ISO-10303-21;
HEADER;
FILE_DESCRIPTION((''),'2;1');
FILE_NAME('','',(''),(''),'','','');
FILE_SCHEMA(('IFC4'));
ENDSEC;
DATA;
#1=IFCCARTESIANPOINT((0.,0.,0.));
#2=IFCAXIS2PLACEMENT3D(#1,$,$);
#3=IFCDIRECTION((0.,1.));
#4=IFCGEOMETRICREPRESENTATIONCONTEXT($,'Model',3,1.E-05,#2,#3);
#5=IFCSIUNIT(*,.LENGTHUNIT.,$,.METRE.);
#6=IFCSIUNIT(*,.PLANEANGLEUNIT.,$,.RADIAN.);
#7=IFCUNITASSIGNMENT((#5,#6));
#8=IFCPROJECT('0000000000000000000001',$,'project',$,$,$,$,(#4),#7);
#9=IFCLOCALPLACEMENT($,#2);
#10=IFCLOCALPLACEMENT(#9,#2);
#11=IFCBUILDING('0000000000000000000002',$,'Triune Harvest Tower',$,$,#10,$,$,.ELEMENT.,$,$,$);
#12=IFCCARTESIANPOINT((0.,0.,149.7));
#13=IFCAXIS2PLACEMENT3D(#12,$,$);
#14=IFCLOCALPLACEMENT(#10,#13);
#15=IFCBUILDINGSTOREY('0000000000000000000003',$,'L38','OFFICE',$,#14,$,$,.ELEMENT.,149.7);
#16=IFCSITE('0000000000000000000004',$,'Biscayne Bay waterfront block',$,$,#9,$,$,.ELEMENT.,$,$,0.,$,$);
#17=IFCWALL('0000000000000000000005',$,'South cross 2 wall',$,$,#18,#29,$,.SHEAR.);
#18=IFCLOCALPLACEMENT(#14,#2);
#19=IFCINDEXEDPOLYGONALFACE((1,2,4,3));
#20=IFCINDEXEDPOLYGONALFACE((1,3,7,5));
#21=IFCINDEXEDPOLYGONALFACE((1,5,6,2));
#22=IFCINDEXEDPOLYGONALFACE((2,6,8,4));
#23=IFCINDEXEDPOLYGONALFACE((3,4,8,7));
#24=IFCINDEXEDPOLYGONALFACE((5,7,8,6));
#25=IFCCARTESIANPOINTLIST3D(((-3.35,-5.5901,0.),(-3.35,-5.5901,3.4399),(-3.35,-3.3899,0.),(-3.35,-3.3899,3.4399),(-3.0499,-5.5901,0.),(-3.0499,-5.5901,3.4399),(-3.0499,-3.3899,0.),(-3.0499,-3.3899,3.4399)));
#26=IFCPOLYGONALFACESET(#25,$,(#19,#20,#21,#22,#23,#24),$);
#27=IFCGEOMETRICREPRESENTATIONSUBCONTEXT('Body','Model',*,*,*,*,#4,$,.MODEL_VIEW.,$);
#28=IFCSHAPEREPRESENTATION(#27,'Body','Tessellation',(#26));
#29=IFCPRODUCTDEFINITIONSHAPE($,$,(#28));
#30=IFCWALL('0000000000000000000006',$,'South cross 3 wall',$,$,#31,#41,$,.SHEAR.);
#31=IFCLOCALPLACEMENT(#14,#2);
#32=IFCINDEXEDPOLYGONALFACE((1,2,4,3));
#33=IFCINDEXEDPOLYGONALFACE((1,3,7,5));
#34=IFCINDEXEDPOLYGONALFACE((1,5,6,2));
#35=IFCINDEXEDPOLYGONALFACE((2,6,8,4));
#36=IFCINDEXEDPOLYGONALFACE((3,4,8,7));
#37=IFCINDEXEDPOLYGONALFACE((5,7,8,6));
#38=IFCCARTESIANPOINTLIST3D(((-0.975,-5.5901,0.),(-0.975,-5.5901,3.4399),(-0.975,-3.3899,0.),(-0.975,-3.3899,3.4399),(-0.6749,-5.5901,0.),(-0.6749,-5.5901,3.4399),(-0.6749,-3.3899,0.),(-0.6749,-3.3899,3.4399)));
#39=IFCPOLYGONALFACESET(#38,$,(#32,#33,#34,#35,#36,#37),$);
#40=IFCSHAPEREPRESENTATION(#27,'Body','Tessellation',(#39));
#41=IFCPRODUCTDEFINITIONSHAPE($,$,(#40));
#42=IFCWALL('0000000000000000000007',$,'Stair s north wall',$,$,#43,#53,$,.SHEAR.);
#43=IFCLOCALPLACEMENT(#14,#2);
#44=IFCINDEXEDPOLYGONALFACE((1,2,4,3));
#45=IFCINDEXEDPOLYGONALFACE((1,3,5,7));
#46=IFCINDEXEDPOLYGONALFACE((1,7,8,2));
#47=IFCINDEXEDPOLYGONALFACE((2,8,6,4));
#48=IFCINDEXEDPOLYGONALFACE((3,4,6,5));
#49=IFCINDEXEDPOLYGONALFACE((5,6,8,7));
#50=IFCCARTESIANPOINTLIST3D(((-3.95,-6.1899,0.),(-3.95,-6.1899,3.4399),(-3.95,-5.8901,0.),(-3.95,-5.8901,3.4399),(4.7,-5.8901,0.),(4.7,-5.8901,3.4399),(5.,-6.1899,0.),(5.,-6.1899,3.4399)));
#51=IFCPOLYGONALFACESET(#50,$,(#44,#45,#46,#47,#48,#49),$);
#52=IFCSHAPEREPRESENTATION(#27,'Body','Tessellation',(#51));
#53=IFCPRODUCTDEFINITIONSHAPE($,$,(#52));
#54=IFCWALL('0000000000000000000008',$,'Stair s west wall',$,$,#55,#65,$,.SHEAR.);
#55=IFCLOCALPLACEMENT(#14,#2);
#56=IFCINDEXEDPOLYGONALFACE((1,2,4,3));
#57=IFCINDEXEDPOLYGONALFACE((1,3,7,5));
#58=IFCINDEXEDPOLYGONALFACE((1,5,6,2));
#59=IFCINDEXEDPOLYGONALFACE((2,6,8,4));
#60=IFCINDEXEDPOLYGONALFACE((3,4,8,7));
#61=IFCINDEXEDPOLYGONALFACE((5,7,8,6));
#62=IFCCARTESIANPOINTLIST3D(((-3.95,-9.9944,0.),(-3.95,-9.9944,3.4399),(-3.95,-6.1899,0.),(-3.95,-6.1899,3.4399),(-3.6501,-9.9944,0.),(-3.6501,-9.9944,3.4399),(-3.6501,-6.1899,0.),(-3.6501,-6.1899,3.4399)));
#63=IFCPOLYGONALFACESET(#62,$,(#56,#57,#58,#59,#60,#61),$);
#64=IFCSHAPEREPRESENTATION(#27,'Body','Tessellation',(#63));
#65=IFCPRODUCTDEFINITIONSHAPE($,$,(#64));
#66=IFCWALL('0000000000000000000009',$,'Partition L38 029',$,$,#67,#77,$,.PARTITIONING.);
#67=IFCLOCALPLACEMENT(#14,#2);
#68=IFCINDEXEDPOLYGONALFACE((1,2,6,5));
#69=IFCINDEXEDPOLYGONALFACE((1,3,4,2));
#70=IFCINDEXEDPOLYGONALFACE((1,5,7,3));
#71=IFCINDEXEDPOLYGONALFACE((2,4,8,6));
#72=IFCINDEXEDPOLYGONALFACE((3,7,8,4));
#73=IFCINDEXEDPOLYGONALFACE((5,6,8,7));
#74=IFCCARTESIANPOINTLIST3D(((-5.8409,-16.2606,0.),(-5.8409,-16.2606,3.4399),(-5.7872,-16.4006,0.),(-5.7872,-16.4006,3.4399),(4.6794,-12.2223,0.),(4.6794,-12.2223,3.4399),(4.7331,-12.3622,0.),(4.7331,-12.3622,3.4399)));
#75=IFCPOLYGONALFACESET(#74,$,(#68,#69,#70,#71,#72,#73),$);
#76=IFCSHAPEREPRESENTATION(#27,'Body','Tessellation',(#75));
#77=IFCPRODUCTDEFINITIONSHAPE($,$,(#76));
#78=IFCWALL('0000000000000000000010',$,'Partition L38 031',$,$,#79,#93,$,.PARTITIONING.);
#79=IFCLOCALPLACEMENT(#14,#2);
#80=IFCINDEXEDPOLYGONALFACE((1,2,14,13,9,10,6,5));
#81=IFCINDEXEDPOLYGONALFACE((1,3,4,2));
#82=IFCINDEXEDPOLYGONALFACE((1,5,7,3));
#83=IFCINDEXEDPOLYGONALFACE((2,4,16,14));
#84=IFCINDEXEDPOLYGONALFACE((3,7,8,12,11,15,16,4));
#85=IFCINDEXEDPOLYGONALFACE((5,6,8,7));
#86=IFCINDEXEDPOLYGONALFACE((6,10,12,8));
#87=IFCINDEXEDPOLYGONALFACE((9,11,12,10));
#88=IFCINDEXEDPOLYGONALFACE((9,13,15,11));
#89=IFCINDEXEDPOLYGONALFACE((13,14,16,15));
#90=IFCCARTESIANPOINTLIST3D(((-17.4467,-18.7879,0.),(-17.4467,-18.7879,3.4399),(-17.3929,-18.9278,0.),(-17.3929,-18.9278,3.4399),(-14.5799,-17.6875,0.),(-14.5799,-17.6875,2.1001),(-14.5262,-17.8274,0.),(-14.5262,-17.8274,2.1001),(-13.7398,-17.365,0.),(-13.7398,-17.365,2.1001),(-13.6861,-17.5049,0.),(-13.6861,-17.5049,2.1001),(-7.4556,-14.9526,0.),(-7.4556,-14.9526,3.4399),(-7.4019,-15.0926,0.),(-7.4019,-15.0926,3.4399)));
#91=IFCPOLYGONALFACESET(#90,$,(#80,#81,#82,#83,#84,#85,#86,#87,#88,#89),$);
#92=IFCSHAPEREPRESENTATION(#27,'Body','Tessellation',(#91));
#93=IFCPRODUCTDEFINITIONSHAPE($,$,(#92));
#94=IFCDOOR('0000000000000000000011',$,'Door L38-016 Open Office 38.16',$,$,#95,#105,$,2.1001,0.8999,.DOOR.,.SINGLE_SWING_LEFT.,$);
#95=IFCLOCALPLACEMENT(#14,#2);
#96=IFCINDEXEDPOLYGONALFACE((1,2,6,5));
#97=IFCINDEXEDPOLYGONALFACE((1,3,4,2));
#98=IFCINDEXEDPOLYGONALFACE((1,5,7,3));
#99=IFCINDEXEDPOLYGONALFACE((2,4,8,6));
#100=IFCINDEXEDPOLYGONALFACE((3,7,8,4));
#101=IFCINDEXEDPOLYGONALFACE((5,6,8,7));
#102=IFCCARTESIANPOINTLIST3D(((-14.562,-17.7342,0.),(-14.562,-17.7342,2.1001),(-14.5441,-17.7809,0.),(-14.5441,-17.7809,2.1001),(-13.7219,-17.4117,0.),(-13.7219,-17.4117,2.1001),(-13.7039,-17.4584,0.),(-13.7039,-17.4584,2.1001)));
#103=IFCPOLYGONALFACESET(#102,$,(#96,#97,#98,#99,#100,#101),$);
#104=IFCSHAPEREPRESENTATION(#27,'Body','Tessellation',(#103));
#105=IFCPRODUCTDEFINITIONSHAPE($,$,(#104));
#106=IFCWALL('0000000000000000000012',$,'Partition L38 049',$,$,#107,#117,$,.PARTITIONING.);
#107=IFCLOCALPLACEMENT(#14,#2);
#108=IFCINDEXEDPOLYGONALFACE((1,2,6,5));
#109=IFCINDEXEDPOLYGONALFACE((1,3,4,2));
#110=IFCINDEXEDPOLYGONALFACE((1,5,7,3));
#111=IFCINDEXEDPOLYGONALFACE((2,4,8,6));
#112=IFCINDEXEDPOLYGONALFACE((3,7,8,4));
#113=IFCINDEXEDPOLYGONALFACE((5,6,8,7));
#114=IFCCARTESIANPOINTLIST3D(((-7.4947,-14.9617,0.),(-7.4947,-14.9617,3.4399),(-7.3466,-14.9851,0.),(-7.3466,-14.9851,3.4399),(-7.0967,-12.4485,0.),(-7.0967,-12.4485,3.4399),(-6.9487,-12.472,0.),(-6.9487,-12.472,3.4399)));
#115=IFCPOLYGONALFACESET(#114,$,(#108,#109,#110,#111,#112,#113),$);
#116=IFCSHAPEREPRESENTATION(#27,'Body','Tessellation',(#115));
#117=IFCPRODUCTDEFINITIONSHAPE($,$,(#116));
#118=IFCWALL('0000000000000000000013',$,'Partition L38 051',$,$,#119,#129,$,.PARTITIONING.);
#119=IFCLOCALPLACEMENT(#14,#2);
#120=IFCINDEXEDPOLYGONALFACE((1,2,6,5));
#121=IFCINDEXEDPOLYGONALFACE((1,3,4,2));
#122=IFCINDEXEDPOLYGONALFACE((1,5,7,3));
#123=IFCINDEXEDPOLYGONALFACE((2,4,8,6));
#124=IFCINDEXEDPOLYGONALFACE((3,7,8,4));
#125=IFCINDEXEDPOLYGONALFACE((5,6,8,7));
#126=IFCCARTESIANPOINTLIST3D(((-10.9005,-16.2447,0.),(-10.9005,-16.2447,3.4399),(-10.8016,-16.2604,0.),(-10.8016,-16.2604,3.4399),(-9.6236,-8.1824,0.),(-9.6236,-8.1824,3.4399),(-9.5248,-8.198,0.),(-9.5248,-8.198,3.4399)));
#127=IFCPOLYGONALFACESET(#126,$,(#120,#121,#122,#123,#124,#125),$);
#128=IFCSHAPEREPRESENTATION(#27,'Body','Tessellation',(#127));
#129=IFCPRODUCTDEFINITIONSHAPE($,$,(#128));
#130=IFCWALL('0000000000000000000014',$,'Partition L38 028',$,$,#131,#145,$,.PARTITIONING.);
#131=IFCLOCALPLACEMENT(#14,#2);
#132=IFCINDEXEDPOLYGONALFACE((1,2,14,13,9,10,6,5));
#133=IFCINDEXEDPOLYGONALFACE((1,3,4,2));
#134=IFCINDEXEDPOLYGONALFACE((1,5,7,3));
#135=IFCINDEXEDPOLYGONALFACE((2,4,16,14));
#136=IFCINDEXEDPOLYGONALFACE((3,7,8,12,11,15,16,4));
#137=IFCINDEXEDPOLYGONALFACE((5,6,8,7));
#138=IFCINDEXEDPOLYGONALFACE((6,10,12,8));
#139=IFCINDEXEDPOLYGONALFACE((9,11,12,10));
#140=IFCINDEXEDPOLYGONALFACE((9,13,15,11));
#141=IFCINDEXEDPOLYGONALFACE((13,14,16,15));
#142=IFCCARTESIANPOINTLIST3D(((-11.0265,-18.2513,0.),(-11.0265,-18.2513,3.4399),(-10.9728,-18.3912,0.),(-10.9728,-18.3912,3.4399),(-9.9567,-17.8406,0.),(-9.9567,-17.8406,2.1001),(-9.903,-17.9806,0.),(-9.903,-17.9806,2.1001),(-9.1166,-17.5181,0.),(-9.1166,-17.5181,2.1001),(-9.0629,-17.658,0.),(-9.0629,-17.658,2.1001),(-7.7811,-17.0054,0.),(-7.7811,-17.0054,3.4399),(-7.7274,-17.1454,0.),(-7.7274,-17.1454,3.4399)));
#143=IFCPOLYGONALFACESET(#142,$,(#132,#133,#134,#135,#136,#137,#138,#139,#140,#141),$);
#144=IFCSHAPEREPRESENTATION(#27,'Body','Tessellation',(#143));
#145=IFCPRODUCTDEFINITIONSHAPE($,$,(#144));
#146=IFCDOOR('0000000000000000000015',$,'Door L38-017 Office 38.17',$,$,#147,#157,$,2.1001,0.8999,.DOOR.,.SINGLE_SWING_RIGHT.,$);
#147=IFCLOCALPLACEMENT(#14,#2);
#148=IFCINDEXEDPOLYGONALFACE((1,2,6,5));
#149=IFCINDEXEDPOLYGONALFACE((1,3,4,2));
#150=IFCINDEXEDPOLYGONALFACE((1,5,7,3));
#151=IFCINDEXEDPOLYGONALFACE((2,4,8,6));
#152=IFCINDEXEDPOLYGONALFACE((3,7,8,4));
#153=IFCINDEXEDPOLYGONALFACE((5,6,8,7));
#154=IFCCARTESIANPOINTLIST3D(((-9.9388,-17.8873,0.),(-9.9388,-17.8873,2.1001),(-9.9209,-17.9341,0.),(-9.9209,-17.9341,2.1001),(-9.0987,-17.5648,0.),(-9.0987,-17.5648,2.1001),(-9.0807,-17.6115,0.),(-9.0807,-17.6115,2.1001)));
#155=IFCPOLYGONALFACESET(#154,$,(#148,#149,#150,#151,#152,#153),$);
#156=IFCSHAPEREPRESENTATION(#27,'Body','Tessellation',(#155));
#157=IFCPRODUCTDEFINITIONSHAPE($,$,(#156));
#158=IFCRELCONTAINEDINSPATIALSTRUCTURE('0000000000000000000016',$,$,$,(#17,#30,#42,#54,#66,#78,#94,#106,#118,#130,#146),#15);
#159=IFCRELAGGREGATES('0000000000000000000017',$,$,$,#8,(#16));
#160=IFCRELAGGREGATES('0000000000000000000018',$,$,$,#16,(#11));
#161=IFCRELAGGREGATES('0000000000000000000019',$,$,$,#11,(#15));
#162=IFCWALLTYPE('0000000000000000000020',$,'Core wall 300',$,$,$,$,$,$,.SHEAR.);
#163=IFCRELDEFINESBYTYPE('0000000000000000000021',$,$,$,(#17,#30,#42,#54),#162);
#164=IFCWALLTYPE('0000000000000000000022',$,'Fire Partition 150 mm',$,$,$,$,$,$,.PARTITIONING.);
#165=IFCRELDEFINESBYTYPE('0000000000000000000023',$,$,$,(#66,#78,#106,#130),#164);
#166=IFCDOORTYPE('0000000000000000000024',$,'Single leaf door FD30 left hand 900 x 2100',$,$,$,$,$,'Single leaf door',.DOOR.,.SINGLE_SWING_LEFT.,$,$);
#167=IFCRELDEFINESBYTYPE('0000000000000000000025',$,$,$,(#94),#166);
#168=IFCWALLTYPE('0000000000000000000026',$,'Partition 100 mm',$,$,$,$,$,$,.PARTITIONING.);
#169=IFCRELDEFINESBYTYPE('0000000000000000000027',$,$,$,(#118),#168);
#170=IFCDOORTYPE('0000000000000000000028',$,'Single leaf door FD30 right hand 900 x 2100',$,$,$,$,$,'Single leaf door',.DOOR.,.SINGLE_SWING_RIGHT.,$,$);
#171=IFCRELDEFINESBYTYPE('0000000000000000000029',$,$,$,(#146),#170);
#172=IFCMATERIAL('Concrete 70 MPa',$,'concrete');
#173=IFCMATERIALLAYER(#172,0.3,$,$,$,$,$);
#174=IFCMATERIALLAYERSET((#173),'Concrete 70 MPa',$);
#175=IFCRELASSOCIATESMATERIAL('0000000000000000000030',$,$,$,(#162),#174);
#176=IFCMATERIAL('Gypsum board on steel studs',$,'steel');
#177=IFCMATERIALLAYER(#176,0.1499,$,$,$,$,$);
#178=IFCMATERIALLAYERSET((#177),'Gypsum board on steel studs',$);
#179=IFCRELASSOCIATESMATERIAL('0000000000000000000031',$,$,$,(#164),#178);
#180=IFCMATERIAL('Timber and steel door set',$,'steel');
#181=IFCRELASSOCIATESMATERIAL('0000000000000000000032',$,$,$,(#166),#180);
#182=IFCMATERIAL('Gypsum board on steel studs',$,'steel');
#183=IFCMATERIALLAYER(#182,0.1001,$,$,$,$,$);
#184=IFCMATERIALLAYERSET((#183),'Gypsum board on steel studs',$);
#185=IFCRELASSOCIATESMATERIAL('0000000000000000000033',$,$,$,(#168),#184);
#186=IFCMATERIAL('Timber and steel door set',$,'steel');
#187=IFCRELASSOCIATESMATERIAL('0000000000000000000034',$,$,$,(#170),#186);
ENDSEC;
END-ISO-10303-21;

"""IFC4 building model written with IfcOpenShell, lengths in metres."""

from ifc_helpers import new_model, si_unit, direction, frame, frame_2d, origin, place, context, subcontext, project, spatial, polyline, rectangle, outline, extrude, source, transform, mapped, material, layer, layer_set, type_object, element, fill, save


model = new_model("IFC4")

# Units and contexts
model_context = context("Model", 3, precision=1e-05, world=origin(), true_north=direction((0.0, 1.0)))
body_context = subcontext(model_context, "Body", "Model", "MODEL_VIEW")
ifc_project = project(units=[si_unit("LENGTHUNIT", "METRE"), si_unit("PLANEANGLEUNIT", "RADIAN")], contexts=[model_context])

# Site, building, storey
site_placement = place(None, origin())
site = spatial("IfcSite", under=ifc_project, at=site_placement, Name="Biscayne Bay waterfront block", CompositionType="ELEMENT", RefElevation=0.0)
building_placement = place(site_placement, origin())
building = spatial("IfcBuilding", under=site, at=building_placement, Name="Triune Harvest Tower", CompositionType="ELEMENT")
storey_placement = place(building_placement, frame((0.0, 0.0, 149.7)))
storey = spatial("IfcBuildingStorey", under=building, at=storey_placement, Name="L38", Description="OFFICE", CompositionType="ELEMENT", Elevation=149.7)

# Shared definitions
ifc_material_1 = material(Name="Concrete 70 MPa", Category="concrete")
ifc_layer_1 = layer(ifc_material_1, 0.3)
ifc_layer_set_1 = layer_set([ifc_layer_1], Name="Concrete 70 MPa")
wall_type_1 = type_object("IfcWallType", Name="Core wall 300", PredefinedType="SHEAR", material=ifc_layer_set_1)

# Walls
shared_shape_1 = source(origin(), body_context, "Body", "SweptSolid", [
    extrude(rectangle(XDim=2.2002, YDim=0.3, at=frame_2d((1.1001, 0.0))), origin(), (0.0, 0.0, 1.0), 3.4399),
])
for number, where, z_axis, x_axis, name in (
    (1, (-3.2, -5.5901, 0.0), (0.0, 0.0, 1.0), (0.0, 1.0, 0.0), "South cross 2 wall"),
    (2, (-0.825, -5.5901, 0.0), (0.0, 0.0, 1.0), (0.0, 1.0, 0.0), "South cross 3 wall"),
):
    element("IfcWall", number, at=place(storey_placement, frame(where, z_axis=z_axis, x_axis=x_axis)), inside=storey, type_object=wall_type_1, Name=name, PredefinedType="SHEAR", context=body_context, shape_type="MappedRepresentation", body=[
        mapped(shared_shape_1, transform((0.0, 0.0, 0.0), scale=1.0)),
    ])
shared_shape_2 = source(origin(), body_context, "Body", "SweptSolid", [
    extrude(outline(polyline([(0.0, -0.1499), (8.95, -0.1499), (8.6499, 0.1499), (0.0, 0.1499), (0.0, -0.1499)])), origin(), (0.0, 0.0, 1.0), 3.4399),
])
wall_1_placement = place(storey_placement, frame((-3.95, -6.04, 0.0), z_axis=(0.0, 0.0, 1.0), x_axis=(1.0, 0.0, 0.0)))
element("IfcWall", 3, at=wall_1_placement, inside=storey, type_object=wall_type_1, Name="Stair s north wall", PredefinedType="SHEAR", context=body_context, shape_type="MappedRepresentation", body=[
    mapped(shared_shape_2, transform((0.0, 0.0, 0.0), scale=1.0)),
])
shared_shape_3 = source(origin(), body_context, "Body", "SweptSolid", [
    extrude(outline(polyline([(3.8, -0.1499), (-0.0044, -0.1499), (-0.0044, 0.1499), (3.8, 0.1499), (3.8, -0.1499)])), origin(), (0.0, 0.0, 1.0), 3.4399),
])
wall_2_placement = place(storey_placement, frame((-3.8, -9.99, 0.0), z_axis=(0.0, 0.0, 1.0), x_axis=(0.0, 1.0, 0.0)))
element("IfcWall", 4, at=wall_2_placement, inside=storey, type_object=wall_type_1, Name="Stair s west wall", PredefinedType="SHEAR", context=body_context, shape_type="MappedRepresentation", body=[
    mapped(shared_shape_3, transform((0.0, 0.0, 0.0), scale=1.0)),
])
ifc_material_2 = material(Name="Gypsum board on steel studs", Category="steel")
ifc_layer_2 = layer(ifc_material_2, 0.1499)
ifc_layer_set_2 = layer_set([ifc_layer_2], Name="Gypsum board on steel studs")
wall_type_2 = type_object("IfcWallType", Name="Fire Partition 150 mm", PredefinedType="PARTITIONING", material=ifc_layer_set_2)
shared_shape_4 = source(origin(), body_context, "Body", "SweptSolid", [
    extrude(rectangle(XDim=11.2688, YDim=0.1499, at=frame_2d((5.6343, 0.0))), origin(), (0.0, 0.0, 1.0), 3.4399),
])
wall_3_placement = place(storey_placement, frame((-5.814, -16.3306, 0.0), z_axis=(0.0, 0.0, 1.0), x_axis=(0.933581, 0.358366, 0.0)))
element("IfcWall", 5, at=wall_3_placement, inside=storey, type_object=wall_type_2, Name="Partition L38 029", PredefinedType="PARTITIONING", context=body_context, shape_type="MappedRepresentation", body=[
    mapped(shared_shape_4, transform((0.0, 0.0, 0.0), scale=1.0)),
])

# Wall, opening, door
shared_shape_5 = source(origin(), body_context, "Body", "SweptSolid", [
    extrude(rectangle(XDim=10.7019, YDim=0.1499, at=frame_2d((5.3511, 0.0))), origin(), (0.0, 0.0, 1.0), 3.4399),
])
wall_4_placement = place(storey_placement, frame((-17.4199, -18.8579, 0.0), z_axis=(0.0, 0.0, 1.0), x_axis=(0.933579, 0.358371, 0.0)))
wall_4 = element("IfcWall", 6, at=wall_4_placement, inside=storey, type_object=wall_type_2, Name="Partition L38 031", PredefinedType="PARTITIONING", context=body_context, shape_type="MappedRepresentation", body=[
    mapped(shared_shape_5, transform((0.0, 0.0, 0.0), scale=1.0)),
])
opening_1_placement = place(wall_4_placement, frame((3.0708, 0.0, 0.0)))
opening_1 = element("IfcOpeningElement", 7, at=opening_1_placement, cuts=wall_4, PredefinedType="OPENING", context=body_context, shape_type="SweptSolid", body=[
    extrude(rectangle(XDim=0.8999, YDim=2.1001, at=frame_2d((0.45, 1.05))), frame((0.0, 0.085, 0.0), z_axis=(0.0, -1.0, 0.0), x_axis=(1.0, 0.0, 0.0)), (0.0, 0.0, 1.0), 0.1699),
])
ifc_material_3 = material(Name="Timber and steel door set", Category="steel")
door_type_1 = type_object("IfcDoorType", Name="Single leaf door FD30 left hand 900 x 2100", ElementType="Single leaf door", OperationType="SINGLE_SWING_LEFT", PredefinedType="DOOR", material=ifc_material_3)
door_1_placement = place(opening_1_placement, origin())
door_1 = element("IfcDoor", 8, at=door_1_placement, inside=storey, type_object=door_type_1, Name="Door L38-016 Open Office 38.16", OperationType="SINGLE_SWING_LEFT", OverallHeight=2.1001, OverallWidth=0.8999, PredefinedType="DOOR", context=body_context, shape_type="SweptSolid", body=[
    extrude(rectangle(XDim=0.8999, YDim=2.1001, at=frame_2d((0.45, 1.05))), frame((0.0, 0.0249, 0.0), z_axis=(0.0, -1.0, 0.0), x_axis=(1.0, 0.0, 0.0)), (0.0, 0.0, 1.0), 0.05),
])
fill(opening_1, door_1)

# Walls
shared_shape_6 = source(origin(), body_context, "Body", "SweptSolid", [
    extrude(rectangle(XDim=2.5444, YDim=0.1499, at=frame_2d((1.2722, 0.0))), origin(), (0.0, 0.0, 1.0), 3.4399),
])
wall_5_placement = place(storey_placement, frame((-7.4207, -14.9734, 0.0), z_axis=(0.0, 0.0, 1.0), x_axis=(0.156396, 0.987694, 0.0)))
element("IfcWall", 9, at=wall_5_placement, inside=storey, type_object=wall_type_2, Name="Partition L38 049", PredefinedType="PARTITIONING", context=body_context, shape_type="MappedRepresentation", body=[
    mapped(shared_shape_6, transform((0.0, 0.0, 0.0), scale=1.0)),
])
ifc_material_4 = material(Name="Gypsum board on steel studs", Category="steel")
ifc_layer_3 = layer(ifc_material_4, 0.1001)
ifc_layer_set_3 = layer_set([ifc_layer_3], Name="Gypsum board on steel studs")
wall_type_3 = type_object("IfcWallType", Name="Partition 100 mm", PredefinedType="PARTITIONING", material=ifc_layer_set_3)
shared_shape_7 = source(origin(), body_context, "Body", "SweptSolid", [
    extrude(rectangle(XDim=8.1628, YDim=0.1001, at=frame_2d((4.0815, 0.0))), origin(), (0.0, 0.0, 1.0), 3.4399),
])
wall_6_placement = place(storey_placement, frame((-10.8511, -16.2527, 0.0), z_axis=(0.0, 0.0, 1.0), x_axis=(0.156425, 0.98769, 0.0)))
element("IfcWall", 10, at=wall_6_placement, inside=storey, type_object=wall_type_3, Name="Partition L38 051", PredefinedType="PARTITIONING", context=body_context, shape_type="MappedRepresentation", body=[
    mapped(shared_shape_7, transform((0.0, 0.0, 0.0), scale=1.0)),
])

# Wall, opening, door
shared_shape_8 = source(origin(), body_context, "Body", "SweptSolid", [
    extrude(rectangle(XDim=3.4763, YDim=0.1499, at=frame_2d((1.7383, 0.0))), origin(), (0.0, 0.0, 1.0), 3.4399),
])
wall_7_placement = place(storey_placement, frame((-10.9998, -18.3213, 0.0), z_axis=(0.0, 0.0, 1.0), x_axis=(0.933573, 0.358386, 0.0)))
wall_7 = element("IfcWall", 11, at=wall_7_placement, inside=storey, type_object=wall_type_2, Name="Partition L38 028", PredefinedType="PARTITIONING", context=body_context, shape_type="MappedRepresentation", body=[
    mapped(shared_shape_8, transform((0.0, 0.0, 0.0), scale=1.0)),
])
opening_2_placement = place(wall_7_placement, frame((1.146, 0.0, 0.0)))
opening_2 = element("IfcOpeningElement", 12, at=opening_2_placement, cuts=wall_7, PredefinedType="OPENING", context=body_context, shape_type="SweptSolid", body=[
    extrude(rectangle(XDim=0.8999, YDim=2.1001, at=frame_2d((0.45, 1.05))), frame((0.0, 0.085, 0.0), z_axis=(0.0, -1.0, 0.0), x_axis=(1.0, 0.0, 0.0)), (0.0, 0.0, 1.0), 0.1699),
])
ifc_material_5 = material(Name="Timber and steel door set", Category="steel")
door_type_2 = type_object("IfcDoorType", Name="Single leaf door FD30 right hand 900 x 2100", ElementType="Single leaf door", OperationType="SINGLE_SWING_RIGHT", PredefinedType="DOOR", material=ifc_material_5)
door_2_placement = place(opening_2_placement, origin())
door_2 = element("IfcDoor", 13, at=door_2_placement, inside=storey, type_object=door_type_2, Name="Door L38-017 Office 38.17", OperationType="SINGLE_SWING_RIGHT", OverallHeight=2.1001, OverallWidth=0.8999, PredefinedType="DOOR", context=body_context, shape_type="SweptSolid", body=[
    extrude(rectangle(XDim=0.8999, YDim=2.1001, at=frame_2d((0.45, 1.05))), frame((0.0, 0.0249, 0.0), z_axis=(0.0, -1.0, 0.0), x_axis=(1.0, 0.0, 0.0)), (0.0, 0.0, 1.0), 0.05),
])
fill(opening_2, door_2)

save(model, "model.ifc")
